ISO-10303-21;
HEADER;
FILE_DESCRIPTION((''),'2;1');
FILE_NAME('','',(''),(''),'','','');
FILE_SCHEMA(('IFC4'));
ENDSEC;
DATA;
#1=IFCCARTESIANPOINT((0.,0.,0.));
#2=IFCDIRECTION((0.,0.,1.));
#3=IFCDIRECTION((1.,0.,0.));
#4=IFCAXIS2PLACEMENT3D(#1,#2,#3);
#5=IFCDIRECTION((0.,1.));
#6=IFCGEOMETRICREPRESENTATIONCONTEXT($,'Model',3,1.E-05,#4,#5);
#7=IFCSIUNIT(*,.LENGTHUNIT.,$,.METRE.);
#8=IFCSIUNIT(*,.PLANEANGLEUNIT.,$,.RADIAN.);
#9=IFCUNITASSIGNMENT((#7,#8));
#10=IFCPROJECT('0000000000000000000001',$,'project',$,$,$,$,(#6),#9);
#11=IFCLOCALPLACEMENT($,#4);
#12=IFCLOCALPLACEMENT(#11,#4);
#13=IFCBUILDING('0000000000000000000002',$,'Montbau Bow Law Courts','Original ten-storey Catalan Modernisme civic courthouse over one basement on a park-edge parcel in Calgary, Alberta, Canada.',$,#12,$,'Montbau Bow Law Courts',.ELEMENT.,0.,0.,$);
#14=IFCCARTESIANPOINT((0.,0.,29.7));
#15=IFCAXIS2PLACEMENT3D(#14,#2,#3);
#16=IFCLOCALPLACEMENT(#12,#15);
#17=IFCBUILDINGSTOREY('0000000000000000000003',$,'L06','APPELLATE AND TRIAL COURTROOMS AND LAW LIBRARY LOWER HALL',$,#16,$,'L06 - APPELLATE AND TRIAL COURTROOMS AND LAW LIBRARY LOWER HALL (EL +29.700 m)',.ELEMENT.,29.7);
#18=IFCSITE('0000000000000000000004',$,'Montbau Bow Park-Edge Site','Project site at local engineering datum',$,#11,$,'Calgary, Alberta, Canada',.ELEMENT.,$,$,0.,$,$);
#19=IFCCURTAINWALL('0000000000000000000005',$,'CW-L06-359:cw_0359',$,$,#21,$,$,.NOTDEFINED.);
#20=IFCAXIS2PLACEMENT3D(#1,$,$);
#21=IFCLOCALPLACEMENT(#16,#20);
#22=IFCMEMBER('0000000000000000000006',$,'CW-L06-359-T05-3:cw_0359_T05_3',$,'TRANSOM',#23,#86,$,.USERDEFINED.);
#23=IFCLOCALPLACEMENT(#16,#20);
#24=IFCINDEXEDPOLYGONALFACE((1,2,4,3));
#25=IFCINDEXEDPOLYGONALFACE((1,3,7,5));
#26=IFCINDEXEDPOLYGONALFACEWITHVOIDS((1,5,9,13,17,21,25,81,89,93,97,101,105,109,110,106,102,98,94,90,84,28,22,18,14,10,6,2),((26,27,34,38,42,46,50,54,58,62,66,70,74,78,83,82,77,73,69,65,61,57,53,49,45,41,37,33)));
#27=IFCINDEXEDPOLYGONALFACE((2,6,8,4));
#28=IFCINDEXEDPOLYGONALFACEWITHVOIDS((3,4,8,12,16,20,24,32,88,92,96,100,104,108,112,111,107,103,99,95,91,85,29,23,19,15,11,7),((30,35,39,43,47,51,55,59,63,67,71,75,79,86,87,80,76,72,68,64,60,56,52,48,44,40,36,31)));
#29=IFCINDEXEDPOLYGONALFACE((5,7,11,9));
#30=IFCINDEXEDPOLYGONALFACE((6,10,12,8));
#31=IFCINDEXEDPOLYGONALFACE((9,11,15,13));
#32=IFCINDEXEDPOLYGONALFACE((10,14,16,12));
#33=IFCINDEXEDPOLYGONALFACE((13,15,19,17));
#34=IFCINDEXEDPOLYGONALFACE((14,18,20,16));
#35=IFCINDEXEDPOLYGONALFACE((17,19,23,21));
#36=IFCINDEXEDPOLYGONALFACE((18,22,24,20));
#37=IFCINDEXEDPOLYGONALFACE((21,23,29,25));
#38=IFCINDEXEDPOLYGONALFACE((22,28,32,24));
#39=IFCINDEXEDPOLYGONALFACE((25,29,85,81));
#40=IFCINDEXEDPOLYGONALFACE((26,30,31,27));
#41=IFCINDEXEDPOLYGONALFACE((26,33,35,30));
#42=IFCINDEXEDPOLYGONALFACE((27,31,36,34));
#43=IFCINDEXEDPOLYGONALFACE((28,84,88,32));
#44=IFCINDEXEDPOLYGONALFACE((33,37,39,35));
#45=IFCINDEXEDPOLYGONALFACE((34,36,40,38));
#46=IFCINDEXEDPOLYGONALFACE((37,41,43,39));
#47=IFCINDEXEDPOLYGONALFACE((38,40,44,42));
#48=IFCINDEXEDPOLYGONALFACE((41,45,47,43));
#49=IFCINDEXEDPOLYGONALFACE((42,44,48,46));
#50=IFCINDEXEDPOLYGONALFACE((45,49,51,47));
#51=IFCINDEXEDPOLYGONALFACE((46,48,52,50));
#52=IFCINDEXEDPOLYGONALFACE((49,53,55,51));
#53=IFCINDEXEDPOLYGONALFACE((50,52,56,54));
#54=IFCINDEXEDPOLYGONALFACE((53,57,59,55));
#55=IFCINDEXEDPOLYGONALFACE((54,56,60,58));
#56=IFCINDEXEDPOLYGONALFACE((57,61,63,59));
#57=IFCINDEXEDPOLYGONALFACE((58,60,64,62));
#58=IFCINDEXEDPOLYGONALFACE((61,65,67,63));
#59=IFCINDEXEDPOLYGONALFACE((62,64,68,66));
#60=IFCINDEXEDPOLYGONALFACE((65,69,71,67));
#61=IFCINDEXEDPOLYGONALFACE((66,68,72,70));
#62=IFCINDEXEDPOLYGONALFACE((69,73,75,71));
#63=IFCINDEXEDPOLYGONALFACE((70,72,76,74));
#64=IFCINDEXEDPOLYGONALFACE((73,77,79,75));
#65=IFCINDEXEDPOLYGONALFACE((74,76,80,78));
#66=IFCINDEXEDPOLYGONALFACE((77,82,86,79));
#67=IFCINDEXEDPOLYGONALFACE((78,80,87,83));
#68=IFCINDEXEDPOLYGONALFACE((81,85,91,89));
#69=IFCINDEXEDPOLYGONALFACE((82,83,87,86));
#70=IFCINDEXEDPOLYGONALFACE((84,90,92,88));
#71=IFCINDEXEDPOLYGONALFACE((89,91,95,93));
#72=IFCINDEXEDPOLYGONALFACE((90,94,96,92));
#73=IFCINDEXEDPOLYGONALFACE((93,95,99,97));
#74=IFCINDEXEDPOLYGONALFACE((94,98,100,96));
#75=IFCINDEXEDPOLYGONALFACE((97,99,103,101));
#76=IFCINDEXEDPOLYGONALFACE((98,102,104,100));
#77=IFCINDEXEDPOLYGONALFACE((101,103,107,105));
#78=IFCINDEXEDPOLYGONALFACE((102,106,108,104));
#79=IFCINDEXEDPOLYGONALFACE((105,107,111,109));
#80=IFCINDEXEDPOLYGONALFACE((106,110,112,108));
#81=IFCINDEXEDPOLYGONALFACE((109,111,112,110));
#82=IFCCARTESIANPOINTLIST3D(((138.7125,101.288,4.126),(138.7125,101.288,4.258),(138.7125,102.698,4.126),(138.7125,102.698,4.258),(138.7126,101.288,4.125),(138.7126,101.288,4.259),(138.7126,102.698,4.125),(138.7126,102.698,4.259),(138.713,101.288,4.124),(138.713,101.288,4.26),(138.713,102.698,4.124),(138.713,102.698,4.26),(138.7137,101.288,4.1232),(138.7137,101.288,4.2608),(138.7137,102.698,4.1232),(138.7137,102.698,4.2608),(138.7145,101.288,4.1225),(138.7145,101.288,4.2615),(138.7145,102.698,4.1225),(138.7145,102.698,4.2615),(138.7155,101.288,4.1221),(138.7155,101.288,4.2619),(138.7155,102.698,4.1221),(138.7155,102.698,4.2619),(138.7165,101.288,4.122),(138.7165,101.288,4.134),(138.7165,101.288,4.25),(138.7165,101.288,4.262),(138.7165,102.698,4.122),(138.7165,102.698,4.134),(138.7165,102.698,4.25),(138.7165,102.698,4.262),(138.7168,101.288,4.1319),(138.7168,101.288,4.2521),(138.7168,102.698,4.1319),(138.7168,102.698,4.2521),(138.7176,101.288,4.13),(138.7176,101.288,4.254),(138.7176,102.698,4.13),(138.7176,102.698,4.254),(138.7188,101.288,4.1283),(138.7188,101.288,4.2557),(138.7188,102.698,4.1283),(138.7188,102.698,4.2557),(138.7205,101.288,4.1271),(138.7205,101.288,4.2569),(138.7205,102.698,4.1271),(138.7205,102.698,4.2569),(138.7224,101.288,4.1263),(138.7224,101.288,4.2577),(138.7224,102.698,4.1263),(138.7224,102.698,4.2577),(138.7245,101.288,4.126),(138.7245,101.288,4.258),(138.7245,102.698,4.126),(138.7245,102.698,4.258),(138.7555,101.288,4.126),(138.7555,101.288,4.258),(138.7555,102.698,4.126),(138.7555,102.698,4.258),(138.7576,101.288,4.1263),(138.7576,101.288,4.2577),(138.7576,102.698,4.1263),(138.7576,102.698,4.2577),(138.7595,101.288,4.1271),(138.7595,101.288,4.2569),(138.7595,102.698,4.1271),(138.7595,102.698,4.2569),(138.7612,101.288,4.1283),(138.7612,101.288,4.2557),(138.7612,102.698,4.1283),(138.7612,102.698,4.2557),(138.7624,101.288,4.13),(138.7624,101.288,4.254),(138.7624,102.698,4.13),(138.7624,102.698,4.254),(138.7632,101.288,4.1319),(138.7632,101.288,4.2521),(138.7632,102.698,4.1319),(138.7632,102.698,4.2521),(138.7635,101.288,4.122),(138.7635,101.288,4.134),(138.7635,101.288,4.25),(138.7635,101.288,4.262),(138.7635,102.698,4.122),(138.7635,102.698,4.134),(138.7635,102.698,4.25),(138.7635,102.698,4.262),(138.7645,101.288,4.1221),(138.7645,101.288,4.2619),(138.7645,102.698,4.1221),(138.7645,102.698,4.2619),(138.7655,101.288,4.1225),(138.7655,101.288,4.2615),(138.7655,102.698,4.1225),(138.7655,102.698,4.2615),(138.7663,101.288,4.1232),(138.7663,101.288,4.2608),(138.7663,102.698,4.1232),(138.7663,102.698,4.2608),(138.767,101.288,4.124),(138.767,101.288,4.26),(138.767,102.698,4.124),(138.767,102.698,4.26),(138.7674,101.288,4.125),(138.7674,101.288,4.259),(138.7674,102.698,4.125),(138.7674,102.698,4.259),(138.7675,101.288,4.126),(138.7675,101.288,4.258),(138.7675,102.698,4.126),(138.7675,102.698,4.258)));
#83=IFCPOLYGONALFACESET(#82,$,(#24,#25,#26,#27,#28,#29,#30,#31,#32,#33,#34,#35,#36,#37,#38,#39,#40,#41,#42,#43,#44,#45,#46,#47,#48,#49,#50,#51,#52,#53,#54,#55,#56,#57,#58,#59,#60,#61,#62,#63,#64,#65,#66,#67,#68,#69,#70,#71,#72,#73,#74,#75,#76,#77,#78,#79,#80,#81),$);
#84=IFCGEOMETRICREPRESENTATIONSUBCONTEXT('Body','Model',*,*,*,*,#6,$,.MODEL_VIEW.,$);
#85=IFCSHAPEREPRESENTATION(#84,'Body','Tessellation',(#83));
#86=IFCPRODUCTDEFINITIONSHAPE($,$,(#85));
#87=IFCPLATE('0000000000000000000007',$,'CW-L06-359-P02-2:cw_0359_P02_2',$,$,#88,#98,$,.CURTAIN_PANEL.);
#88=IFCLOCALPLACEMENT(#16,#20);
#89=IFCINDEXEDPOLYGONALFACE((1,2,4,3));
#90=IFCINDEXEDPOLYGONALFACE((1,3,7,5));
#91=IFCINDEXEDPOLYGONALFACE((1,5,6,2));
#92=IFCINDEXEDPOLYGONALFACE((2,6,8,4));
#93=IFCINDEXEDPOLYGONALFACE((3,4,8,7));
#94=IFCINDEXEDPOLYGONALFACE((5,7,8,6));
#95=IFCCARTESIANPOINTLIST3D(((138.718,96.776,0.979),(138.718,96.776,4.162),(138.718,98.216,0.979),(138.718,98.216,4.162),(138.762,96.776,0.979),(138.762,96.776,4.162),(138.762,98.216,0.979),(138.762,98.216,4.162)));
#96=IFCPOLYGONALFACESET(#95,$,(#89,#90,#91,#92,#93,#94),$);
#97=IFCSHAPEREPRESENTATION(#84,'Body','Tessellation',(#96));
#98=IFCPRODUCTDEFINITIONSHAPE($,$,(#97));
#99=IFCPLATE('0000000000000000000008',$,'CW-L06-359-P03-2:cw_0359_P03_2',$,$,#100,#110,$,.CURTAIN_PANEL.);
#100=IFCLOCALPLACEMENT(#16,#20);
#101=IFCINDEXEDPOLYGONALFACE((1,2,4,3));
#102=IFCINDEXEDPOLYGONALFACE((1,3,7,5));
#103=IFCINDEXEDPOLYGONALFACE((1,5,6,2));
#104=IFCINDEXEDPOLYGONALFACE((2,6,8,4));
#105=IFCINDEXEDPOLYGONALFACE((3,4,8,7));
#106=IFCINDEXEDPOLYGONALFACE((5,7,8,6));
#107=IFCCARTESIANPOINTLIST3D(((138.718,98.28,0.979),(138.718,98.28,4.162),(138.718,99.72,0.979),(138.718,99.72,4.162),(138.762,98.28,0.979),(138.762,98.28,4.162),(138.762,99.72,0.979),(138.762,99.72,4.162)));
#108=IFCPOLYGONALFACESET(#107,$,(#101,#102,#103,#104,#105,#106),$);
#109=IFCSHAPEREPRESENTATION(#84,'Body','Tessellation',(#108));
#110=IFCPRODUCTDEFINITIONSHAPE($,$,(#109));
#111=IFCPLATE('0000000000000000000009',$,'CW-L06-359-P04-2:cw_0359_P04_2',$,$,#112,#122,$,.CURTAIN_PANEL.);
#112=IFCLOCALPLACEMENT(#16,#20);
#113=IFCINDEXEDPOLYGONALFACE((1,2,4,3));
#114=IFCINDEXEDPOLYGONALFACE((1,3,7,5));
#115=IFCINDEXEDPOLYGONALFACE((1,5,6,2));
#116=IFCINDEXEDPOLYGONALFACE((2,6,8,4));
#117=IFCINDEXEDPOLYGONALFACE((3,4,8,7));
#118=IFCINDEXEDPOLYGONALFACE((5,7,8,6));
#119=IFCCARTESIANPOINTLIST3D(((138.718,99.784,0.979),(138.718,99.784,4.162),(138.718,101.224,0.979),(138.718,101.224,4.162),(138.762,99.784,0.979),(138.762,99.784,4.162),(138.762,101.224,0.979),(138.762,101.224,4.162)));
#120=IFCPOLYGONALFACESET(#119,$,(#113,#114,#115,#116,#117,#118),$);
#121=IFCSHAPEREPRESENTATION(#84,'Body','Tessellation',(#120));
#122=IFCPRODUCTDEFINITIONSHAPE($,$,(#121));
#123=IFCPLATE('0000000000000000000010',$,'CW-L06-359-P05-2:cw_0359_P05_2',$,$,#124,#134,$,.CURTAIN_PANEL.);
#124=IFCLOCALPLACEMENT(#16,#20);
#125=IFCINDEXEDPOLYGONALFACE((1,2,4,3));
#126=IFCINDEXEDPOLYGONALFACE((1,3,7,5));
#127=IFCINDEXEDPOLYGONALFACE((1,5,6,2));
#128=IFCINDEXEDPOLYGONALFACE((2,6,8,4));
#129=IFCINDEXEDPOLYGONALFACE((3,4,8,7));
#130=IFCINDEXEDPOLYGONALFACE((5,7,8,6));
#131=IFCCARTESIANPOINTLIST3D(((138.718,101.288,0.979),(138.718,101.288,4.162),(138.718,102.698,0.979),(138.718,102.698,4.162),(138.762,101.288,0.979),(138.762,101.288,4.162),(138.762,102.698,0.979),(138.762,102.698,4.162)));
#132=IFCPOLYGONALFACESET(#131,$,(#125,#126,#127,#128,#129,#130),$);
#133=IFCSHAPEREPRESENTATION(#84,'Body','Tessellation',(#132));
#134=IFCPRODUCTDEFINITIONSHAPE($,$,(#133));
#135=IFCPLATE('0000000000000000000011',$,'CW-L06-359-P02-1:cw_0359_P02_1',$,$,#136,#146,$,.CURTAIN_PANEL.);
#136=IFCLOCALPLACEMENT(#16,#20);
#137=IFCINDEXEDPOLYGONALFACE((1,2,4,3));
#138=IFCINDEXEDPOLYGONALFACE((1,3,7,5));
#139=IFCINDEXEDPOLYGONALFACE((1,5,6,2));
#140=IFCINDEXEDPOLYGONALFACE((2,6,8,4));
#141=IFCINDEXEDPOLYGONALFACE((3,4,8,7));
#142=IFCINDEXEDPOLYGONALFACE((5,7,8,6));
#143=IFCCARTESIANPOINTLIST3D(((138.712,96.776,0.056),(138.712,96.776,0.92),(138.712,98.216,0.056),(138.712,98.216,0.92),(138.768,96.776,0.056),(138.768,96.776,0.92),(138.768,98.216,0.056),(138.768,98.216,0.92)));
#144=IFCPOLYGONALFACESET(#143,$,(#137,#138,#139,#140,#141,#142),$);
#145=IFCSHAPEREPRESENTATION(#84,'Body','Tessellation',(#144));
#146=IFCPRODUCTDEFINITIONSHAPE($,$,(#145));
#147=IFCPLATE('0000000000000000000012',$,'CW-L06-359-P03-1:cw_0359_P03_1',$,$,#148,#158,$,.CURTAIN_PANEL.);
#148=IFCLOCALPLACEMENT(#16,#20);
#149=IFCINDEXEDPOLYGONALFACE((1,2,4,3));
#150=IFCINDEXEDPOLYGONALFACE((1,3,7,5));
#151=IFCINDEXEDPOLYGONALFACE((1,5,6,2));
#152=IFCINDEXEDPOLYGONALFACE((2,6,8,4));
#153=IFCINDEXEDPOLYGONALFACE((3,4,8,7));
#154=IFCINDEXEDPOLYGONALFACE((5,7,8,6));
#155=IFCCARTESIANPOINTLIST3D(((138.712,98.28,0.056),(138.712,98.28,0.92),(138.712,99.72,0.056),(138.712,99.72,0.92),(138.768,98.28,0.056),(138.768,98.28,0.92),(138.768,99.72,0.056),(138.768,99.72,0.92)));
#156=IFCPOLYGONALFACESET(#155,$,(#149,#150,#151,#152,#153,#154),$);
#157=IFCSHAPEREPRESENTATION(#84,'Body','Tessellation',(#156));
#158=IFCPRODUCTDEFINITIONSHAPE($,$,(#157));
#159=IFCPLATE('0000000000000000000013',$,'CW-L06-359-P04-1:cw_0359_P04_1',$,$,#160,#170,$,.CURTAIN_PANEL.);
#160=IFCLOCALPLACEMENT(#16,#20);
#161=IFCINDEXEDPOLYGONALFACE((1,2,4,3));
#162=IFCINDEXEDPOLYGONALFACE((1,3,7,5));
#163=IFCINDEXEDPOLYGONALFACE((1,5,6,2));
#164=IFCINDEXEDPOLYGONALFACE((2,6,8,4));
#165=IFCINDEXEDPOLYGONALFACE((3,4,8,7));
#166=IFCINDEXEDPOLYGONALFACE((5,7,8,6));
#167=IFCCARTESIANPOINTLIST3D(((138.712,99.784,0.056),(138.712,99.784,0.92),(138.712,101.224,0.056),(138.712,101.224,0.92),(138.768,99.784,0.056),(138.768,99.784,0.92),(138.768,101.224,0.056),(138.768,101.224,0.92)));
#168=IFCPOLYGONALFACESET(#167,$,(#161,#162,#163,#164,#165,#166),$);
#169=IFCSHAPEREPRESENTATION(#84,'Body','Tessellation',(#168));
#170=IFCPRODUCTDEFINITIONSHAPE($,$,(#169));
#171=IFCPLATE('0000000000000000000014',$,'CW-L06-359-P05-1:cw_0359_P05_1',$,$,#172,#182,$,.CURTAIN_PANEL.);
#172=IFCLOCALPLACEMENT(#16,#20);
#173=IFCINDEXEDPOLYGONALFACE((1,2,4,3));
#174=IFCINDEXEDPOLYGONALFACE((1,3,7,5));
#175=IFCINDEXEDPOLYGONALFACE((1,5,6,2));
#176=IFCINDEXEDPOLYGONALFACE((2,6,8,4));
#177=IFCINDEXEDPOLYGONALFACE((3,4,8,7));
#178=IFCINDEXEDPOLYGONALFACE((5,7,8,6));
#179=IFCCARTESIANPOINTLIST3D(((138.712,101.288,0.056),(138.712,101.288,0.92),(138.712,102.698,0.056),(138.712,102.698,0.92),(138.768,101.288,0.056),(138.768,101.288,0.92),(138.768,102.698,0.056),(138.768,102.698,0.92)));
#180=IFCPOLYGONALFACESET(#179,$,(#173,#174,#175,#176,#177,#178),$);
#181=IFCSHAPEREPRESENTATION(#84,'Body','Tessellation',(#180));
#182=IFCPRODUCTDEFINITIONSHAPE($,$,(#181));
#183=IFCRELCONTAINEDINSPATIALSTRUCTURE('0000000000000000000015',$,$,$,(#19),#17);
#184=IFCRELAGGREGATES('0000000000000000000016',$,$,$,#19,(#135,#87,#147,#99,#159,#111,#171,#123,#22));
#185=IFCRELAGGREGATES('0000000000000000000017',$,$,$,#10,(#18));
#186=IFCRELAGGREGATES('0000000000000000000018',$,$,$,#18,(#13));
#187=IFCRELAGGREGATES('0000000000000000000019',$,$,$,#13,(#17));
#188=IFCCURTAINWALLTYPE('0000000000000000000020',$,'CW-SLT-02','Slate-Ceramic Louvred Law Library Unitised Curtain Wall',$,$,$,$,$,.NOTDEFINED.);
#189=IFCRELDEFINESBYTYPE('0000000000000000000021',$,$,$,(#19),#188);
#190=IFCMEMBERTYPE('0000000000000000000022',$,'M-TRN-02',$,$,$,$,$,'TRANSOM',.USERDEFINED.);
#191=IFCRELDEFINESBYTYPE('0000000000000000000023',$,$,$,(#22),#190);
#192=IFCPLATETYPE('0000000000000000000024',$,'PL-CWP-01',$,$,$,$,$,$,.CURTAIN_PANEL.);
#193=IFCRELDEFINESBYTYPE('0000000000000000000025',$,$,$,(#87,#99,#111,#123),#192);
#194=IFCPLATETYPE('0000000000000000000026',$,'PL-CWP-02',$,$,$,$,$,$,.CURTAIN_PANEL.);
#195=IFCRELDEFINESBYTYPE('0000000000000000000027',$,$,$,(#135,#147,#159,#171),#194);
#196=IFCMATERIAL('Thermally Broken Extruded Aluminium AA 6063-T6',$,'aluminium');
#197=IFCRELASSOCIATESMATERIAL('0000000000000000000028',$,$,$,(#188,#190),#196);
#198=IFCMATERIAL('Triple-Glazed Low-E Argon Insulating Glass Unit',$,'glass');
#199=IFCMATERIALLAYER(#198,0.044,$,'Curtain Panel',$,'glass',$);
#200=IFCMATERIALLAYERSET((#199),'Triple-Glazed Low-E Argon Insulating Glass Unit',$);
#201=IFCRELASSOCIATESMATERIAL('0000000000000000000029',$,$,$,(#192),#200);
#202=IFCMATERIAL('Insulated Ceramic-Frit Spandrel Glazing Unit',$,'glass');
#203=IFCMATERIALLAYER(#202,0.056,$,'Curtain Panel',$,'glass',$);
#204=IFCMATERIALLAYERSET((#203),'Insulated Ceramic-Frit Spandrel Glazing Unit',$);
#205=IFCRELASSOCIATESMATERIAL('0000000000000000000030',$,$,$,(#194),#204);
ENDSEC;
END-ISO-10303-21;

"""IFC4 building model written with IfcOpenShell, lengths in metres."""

from ifc_helpers import new_model, si_unit, direction, frame, frame_2d, origin_with_axes, origin_2d_with_axis, place, context, subcontext, project, spatial, rectangle, hollow_rectangle, extrude, material, layer, layer_set, material_profile, profile_set, type_object, element, aggregate, save


model = new_model("IFC4")

# Units and contexts
model_context = context("Model", 3, precision=1e-05, world=origin_with_axes(), true_north=direction((0.0, 1.0)))
body_context = subcontext(model_context, "Body", "Model", "MODEL_VIEW")
ifc_project = project(units=[si_unit("LENGTHUNIT", "METRE"), si_unit("PLANEANGLEUNIT", "RADIAN")], contexts=[model_context])

# Site, building, storey
site_placement = place(None, origin_with_axes())
site = spatial("IfcSite", under=ifc_project, at=site_placement, Name="Montbau Bow Park-Edge Site", Description="Project site at local engineering datum", LongName="Calgary, Alberta, Canada", CompositionType="ELEMENT", RefElevation=0.0)
building_placement = place(site_placement, origin_with_axes())
building = spatial("IfcBuilding", under=site, at=building_placement, Name="Montbau Bow Law Courts", Description="Original ten-storey Catalan Modernisme civic courthouse over one basement on a park-edge parcel in Calgary, Alberta, Canada.", LongName="Montbau Bow Law Courts", CompositionType="ELEMENT", ElevationOfRefHeight=0.0, ElevationOfTerrain=0.0)
storey_placement = place(building_placement, frame((0.0, 0.0, 29.7), z_axis=(0.0, 0.0, 1.0), x_axis=(1.0, 0.0, 0.0)))
storey = spatial("IfcBuildingStorey", under=building, at=storey_placement, Name="L06", Description="APPELLATE AND TRIAL COURTROOMS AND LAW LIBRARY LOWER HALL", LongName="L06 - APPELLATE AND TRIAL COURTROOMS AND LAW LIBRARY LOWER HALL (EL +29.700 m)", CompositionType="ELEMENT", Elevation=29.7)

# Curtain wall, member, plates
ifc_material_1 = material(Name="Thermally Broken Extruded Aluminium AA 6063-T6", Category="aluminium")
curtain_wall_type = type_object("IfcCurtainWallType", Name="CW-SLT-02", Description="Slate-Ceramic Louvred Law Library Unitised Curtain Wall", PredefinedType="NOTDEFINED", material=ifc_material_1)
curtain_wall_placement = place(None, frame((138.74, 95.24, 29.7), z_axis=(0.0, 0.0, 1.0), x_axis=(1.0, 0.0, 0.0)))
curtain_wall = element("IfcCurtainWall", 1, at=curtain_wall_placement, inside=storey, type_object=curtain_wall_type, Name="CW-L06-359:cw_0359", PredefinedType="NOTDEFINED")
ifc_material_profile_1 = material_profile(ifc_material_1, hollow_rectangle(XDim=0.055, YDim=0.14, WallThickness=0.004, InnerFilletRadius=0.008, OuterFilletRadius=0.004, at=origin_2d_with_axis()), Name="CWT-140X55", Category="Main", Priority=0)
ifc_profile_set_1 = profile_set([ifc_material_profile_1], Name="Thermally Broken Extruded Aluminium AA 6063-T6")
member_type_1 = type_object("IfcMemberType", Name="M-TRN-02", ElementType="TRANSOM", PredefinedType="USERDEFINED", material=ifc_profile_set_1)
member_1_placement = place(None, frame((138.74, 101.288, 33.892), z_axis=(0.0, 1.0, 0.0), x_axis=(-1.0, 0.0, 0.0)))
member_1 = element("IfcMember", 2, at=member_1_placement, type_object=member_type_1, Name="CW-L06-359-T05-3:cw_0359_T05_3", ObjectType="TRANSOM", PredefinedType="USERDEFINED", context=body_context, shape_type="SweptSolid", body=[
    extrude(hollow_rectangle(XDim=0.055, YDim=0.14, WallThickness=0.004, InnerFilletRadius=0.008, OuterFilletRadius=0.004, at=origin_2d_with_axis()), origin_with_axes(), (0.0, 0.0, 1.0), 1.41),
])
ifc_material_2 = material(Name="Triple-Glazed Low-E Argon Insulating Glass Unit", Category="glass")
ifc_layer_1 = layer(ifc_material_2, 0.044, Name="Curtain Panel", Category="glass")
ifc_layer_set_1 = layer_set([ifc_layer_1], Name="Triple-Glazed Low-E Argon Insulating Glass Unit")
plate_type_1 = type_object("IfcPlateType", Name="PL-CWP-01", PredefinedType="CURTAIN_PANEL", material=ifc_layer_set_1)
plate_1_placement = place(None, frame((138.74, 96.776, 30.679), z_axis=(1.0, 0.0, 0.0), x_axis=(0.0, 1.0, 0.0)))
plate_1 = element("IfcPlate", 3, at=plate_1_placement, type_object=plate_type_1, Name="CW-L06-359-P02-2:cw_0359_P02_2", PredefinedType="CURTAIN_PANEL", context=body_context, shape_type="SweptSolid", body=[
    extrude(rectangle(XDim=1.44, YDim=3.183, at=frame_2d((0.72, 1.5915), x_axis=(1.0, 0.0))), frame((0.0, 0.0, -0.022), z_axis=(0.0, 0.0, 1.0), x_axis=(1.0, 0.0, 0.0)), (0.0, 0.0, 1.0), 0.044),
])
plate_2_placement = place(None, frame((138.74, 98.28, 30.679), z_axis=(1.0, 0.0, 0.0), x_axis=(0.0, 1.0, 0.0)))
plate_2 = element("IfcPlate", 4, at=plate_2_placement, type_object=plate_type_1, Name="CW-L06-359-P03-2:cw_0359_P03_2", PredefinedType="CURTAIN_PANEL", context=body_context, shape_type="SweptSolid", body=[
    extrude(rectangle(XDim=1.44, YDim=3.183, at=frame_2d((0.72, 1.5915), x_axis=(1.0, 0.0))), frame((0.0, 0.0, -0.022), z_axis=(0.0, 0.0, 1.0), x_axis=(1.0, 0.0, 0.0)), (0.0, 0.0, 1.0), 0.044),
])
plate_3_placement = place(None, frame((138.74, 99.784, 30.679), z_axis=(1.0, 0.0, 0.0), x_axis=(0.0, 1.0, 0.0)))
plate_3 = element("IfcPlate", 5, at=plate_3_placement, type_object=plate_type_1, Name="CW-L06-359-P04-2:cw_0359_P04_2", PredefinedType="CURTAIN_PANEL", context=body_context, shape_type="SweptSolid", body=[
    extrude(rectangle(XDim=1.44, YDim=3.183, at=frame_2d((0.72, 1.5915), x_axis=(1.0, 0.0))), frame((0.0, 0.0, -0.022), z_axis=(0.0, 0.0, 1.0), x_axis=(1.0, 0.0, 0.0)), (0.0, 0.0, 1.0), 0.044),
])
plate_4_placement = place(None, frame((138.74, 101.288, 30.679), z_axis=(1.0, 0.0, 0.0), x_axis=(0.0, 1.0, 0.0)))
plate_4 = element("IfcPlate", 6, at=plate_4_placement, type_object=plate_type_1, Name="CW-L06-359-P05-2:cw_0359_P05_2", PredefinedType="CURTAIN_PANEL", context=body_context, shape_type="SweptSolid", body=[
    extrude(rectangle(XDim=1.41, YDim=3.183, at=frame_2d((0.705, 1.5915), x_axis=(1.0, 0.0))), frame((0.0, 0.0, -0.022), z_axis=(0.0, 0.0, 1.0), x_axis=(1.0, 0.0, 0.0)), (0.0, 0.0, 1.0), 0.044),
])
ifc_material_3 = material(Name="Insulated Ceramic-Frit Spandrel Glazing Unit", Category="glass")
ifc_layer_2 = layer(ifc_material_3, 0.056, Name="Curtain Panel", Category="glass")
ifc_layer_set_2 = layer_set([ifc_layer_2], Name="Insulated Ceramic-Frit Spandrel Glazing Unit")
plate_type_2 = type_object("IfcPlateType", Name="PL-CWP-02", PredefinedType="CURTAIN_PANEL", material=ifc_layer_set_2)
plate_5_placement = place(None, frame((138.74, 96.776, 29.756), z_axis=(1.0, 0.0, 0.0), x_axis=(0.0, 1.0, 0.0)))
plate_5 = element("IfcPlate", 7, at=plate_5_placement, type_object=plate_type_2, Name="CW-L06-359-P02-1:cw_0359_P02_1", PredefinedType="CURTAIN_PANEL", context=body_context, shape_type="SweptSolid", body=[
    extrude(rectangle(XDim=1.44, YDim=0.864, at=frame_2d((0.72, 0.432), x_axis=(1.0, 0.0))), frame((0.0, 0.0, -0.028), z_axis=(0.0, 0.0, 1.0), x_axis=(1.0, 0.0, 0.0)), (0.0, 0.0, 1.0), 0.056),
])
plate_6_placement = place(None, frame((138.74, 98.28, 29.756), z_axis=(1.0, 0.0, 0.0), x_axis=(0.0, 1.0, 0.0)))
plate_6 = element("IfcPlate", 8, at=plate_6_placement, type_object=plate_type_2, Name="CW-L06-359-P03-1:cw_0359_P03_1", PredefinedType="CURTAIN_PANEL", context=body_context, shape_type="SweptSolid", body=[
    extrude(rectangle(XDim=1.44, YDim=0.864, at=frame_2d((0.72, 0.432), x_axis=(1.0, 0.0))), frame((0.0, 0.0, -0.028), z_axis=(0.0, 0.0, 1.0), x_axis=(1.0, 0.0, 0.0)), (0.0, 0.0, 1.0), 0.056),
])
plate_7_placement = place(None, frame((138.74, 99.784, 29.756), z_axis=(1.0, 0.0, 0.0), x_axis=(0.0, 1.0, 0.0)))
plate_7 = element("IfcPlate", 9, at=plate_7_placement, type_object=plate_type_2, Name="CW-L06-359-P04-1:cw_0359_P04_1", PredefinedType="CURTAIN_PANEL", context=body_context, shape_type="SweptSolid", body=[
    extrude(rectangle(XDim=1.44, YDim=0.864, at=frame_2d((0.72, 0.432), x_axis=(1.0, 0.0))), frame((0.0, 0.0, -0.028), z_axis=(0.0, 0.0, 1.0), x_axis=(1.0, 0.0, 0.0)), (0.0, 0.0, 1.0), 0.056),
])
plate_8_placement = place(None, frame((138.74, 101.288, 29.756), z_axis=(1.0, 0.0, 0.0), x_axis=(0.0, 1.0, 0.0)))
plate_8 = element("IfcPlate", 10, at=plate_8_placement, type_object=plate_type_2, Name="CW-L06-359-P05-1:cw_0359_P05_1", PredefinedType="CURTAIN_PANEL", context=body_context, shape_type="SweptSolid", body=[
    extrude(rectangle(XDim=1.41, YDim=0.864, at=frame_2d((0.705, 0.432), x_axis=(1.0, 0.0))), frame((0.0, 0.0, -0.028), z_axis=(0.0, 0.0, 1.0), x_axis=(1.0, 0.0, 0.0)), (0.0, 0.0, 1.0), 0.056),
])
aggregate(curtain_wall, [plate_5, plate_1, plate_6, plate_2, plate_7, plate_3, plate_8, plate_4, member_1])

save(model, "model.ifc")
